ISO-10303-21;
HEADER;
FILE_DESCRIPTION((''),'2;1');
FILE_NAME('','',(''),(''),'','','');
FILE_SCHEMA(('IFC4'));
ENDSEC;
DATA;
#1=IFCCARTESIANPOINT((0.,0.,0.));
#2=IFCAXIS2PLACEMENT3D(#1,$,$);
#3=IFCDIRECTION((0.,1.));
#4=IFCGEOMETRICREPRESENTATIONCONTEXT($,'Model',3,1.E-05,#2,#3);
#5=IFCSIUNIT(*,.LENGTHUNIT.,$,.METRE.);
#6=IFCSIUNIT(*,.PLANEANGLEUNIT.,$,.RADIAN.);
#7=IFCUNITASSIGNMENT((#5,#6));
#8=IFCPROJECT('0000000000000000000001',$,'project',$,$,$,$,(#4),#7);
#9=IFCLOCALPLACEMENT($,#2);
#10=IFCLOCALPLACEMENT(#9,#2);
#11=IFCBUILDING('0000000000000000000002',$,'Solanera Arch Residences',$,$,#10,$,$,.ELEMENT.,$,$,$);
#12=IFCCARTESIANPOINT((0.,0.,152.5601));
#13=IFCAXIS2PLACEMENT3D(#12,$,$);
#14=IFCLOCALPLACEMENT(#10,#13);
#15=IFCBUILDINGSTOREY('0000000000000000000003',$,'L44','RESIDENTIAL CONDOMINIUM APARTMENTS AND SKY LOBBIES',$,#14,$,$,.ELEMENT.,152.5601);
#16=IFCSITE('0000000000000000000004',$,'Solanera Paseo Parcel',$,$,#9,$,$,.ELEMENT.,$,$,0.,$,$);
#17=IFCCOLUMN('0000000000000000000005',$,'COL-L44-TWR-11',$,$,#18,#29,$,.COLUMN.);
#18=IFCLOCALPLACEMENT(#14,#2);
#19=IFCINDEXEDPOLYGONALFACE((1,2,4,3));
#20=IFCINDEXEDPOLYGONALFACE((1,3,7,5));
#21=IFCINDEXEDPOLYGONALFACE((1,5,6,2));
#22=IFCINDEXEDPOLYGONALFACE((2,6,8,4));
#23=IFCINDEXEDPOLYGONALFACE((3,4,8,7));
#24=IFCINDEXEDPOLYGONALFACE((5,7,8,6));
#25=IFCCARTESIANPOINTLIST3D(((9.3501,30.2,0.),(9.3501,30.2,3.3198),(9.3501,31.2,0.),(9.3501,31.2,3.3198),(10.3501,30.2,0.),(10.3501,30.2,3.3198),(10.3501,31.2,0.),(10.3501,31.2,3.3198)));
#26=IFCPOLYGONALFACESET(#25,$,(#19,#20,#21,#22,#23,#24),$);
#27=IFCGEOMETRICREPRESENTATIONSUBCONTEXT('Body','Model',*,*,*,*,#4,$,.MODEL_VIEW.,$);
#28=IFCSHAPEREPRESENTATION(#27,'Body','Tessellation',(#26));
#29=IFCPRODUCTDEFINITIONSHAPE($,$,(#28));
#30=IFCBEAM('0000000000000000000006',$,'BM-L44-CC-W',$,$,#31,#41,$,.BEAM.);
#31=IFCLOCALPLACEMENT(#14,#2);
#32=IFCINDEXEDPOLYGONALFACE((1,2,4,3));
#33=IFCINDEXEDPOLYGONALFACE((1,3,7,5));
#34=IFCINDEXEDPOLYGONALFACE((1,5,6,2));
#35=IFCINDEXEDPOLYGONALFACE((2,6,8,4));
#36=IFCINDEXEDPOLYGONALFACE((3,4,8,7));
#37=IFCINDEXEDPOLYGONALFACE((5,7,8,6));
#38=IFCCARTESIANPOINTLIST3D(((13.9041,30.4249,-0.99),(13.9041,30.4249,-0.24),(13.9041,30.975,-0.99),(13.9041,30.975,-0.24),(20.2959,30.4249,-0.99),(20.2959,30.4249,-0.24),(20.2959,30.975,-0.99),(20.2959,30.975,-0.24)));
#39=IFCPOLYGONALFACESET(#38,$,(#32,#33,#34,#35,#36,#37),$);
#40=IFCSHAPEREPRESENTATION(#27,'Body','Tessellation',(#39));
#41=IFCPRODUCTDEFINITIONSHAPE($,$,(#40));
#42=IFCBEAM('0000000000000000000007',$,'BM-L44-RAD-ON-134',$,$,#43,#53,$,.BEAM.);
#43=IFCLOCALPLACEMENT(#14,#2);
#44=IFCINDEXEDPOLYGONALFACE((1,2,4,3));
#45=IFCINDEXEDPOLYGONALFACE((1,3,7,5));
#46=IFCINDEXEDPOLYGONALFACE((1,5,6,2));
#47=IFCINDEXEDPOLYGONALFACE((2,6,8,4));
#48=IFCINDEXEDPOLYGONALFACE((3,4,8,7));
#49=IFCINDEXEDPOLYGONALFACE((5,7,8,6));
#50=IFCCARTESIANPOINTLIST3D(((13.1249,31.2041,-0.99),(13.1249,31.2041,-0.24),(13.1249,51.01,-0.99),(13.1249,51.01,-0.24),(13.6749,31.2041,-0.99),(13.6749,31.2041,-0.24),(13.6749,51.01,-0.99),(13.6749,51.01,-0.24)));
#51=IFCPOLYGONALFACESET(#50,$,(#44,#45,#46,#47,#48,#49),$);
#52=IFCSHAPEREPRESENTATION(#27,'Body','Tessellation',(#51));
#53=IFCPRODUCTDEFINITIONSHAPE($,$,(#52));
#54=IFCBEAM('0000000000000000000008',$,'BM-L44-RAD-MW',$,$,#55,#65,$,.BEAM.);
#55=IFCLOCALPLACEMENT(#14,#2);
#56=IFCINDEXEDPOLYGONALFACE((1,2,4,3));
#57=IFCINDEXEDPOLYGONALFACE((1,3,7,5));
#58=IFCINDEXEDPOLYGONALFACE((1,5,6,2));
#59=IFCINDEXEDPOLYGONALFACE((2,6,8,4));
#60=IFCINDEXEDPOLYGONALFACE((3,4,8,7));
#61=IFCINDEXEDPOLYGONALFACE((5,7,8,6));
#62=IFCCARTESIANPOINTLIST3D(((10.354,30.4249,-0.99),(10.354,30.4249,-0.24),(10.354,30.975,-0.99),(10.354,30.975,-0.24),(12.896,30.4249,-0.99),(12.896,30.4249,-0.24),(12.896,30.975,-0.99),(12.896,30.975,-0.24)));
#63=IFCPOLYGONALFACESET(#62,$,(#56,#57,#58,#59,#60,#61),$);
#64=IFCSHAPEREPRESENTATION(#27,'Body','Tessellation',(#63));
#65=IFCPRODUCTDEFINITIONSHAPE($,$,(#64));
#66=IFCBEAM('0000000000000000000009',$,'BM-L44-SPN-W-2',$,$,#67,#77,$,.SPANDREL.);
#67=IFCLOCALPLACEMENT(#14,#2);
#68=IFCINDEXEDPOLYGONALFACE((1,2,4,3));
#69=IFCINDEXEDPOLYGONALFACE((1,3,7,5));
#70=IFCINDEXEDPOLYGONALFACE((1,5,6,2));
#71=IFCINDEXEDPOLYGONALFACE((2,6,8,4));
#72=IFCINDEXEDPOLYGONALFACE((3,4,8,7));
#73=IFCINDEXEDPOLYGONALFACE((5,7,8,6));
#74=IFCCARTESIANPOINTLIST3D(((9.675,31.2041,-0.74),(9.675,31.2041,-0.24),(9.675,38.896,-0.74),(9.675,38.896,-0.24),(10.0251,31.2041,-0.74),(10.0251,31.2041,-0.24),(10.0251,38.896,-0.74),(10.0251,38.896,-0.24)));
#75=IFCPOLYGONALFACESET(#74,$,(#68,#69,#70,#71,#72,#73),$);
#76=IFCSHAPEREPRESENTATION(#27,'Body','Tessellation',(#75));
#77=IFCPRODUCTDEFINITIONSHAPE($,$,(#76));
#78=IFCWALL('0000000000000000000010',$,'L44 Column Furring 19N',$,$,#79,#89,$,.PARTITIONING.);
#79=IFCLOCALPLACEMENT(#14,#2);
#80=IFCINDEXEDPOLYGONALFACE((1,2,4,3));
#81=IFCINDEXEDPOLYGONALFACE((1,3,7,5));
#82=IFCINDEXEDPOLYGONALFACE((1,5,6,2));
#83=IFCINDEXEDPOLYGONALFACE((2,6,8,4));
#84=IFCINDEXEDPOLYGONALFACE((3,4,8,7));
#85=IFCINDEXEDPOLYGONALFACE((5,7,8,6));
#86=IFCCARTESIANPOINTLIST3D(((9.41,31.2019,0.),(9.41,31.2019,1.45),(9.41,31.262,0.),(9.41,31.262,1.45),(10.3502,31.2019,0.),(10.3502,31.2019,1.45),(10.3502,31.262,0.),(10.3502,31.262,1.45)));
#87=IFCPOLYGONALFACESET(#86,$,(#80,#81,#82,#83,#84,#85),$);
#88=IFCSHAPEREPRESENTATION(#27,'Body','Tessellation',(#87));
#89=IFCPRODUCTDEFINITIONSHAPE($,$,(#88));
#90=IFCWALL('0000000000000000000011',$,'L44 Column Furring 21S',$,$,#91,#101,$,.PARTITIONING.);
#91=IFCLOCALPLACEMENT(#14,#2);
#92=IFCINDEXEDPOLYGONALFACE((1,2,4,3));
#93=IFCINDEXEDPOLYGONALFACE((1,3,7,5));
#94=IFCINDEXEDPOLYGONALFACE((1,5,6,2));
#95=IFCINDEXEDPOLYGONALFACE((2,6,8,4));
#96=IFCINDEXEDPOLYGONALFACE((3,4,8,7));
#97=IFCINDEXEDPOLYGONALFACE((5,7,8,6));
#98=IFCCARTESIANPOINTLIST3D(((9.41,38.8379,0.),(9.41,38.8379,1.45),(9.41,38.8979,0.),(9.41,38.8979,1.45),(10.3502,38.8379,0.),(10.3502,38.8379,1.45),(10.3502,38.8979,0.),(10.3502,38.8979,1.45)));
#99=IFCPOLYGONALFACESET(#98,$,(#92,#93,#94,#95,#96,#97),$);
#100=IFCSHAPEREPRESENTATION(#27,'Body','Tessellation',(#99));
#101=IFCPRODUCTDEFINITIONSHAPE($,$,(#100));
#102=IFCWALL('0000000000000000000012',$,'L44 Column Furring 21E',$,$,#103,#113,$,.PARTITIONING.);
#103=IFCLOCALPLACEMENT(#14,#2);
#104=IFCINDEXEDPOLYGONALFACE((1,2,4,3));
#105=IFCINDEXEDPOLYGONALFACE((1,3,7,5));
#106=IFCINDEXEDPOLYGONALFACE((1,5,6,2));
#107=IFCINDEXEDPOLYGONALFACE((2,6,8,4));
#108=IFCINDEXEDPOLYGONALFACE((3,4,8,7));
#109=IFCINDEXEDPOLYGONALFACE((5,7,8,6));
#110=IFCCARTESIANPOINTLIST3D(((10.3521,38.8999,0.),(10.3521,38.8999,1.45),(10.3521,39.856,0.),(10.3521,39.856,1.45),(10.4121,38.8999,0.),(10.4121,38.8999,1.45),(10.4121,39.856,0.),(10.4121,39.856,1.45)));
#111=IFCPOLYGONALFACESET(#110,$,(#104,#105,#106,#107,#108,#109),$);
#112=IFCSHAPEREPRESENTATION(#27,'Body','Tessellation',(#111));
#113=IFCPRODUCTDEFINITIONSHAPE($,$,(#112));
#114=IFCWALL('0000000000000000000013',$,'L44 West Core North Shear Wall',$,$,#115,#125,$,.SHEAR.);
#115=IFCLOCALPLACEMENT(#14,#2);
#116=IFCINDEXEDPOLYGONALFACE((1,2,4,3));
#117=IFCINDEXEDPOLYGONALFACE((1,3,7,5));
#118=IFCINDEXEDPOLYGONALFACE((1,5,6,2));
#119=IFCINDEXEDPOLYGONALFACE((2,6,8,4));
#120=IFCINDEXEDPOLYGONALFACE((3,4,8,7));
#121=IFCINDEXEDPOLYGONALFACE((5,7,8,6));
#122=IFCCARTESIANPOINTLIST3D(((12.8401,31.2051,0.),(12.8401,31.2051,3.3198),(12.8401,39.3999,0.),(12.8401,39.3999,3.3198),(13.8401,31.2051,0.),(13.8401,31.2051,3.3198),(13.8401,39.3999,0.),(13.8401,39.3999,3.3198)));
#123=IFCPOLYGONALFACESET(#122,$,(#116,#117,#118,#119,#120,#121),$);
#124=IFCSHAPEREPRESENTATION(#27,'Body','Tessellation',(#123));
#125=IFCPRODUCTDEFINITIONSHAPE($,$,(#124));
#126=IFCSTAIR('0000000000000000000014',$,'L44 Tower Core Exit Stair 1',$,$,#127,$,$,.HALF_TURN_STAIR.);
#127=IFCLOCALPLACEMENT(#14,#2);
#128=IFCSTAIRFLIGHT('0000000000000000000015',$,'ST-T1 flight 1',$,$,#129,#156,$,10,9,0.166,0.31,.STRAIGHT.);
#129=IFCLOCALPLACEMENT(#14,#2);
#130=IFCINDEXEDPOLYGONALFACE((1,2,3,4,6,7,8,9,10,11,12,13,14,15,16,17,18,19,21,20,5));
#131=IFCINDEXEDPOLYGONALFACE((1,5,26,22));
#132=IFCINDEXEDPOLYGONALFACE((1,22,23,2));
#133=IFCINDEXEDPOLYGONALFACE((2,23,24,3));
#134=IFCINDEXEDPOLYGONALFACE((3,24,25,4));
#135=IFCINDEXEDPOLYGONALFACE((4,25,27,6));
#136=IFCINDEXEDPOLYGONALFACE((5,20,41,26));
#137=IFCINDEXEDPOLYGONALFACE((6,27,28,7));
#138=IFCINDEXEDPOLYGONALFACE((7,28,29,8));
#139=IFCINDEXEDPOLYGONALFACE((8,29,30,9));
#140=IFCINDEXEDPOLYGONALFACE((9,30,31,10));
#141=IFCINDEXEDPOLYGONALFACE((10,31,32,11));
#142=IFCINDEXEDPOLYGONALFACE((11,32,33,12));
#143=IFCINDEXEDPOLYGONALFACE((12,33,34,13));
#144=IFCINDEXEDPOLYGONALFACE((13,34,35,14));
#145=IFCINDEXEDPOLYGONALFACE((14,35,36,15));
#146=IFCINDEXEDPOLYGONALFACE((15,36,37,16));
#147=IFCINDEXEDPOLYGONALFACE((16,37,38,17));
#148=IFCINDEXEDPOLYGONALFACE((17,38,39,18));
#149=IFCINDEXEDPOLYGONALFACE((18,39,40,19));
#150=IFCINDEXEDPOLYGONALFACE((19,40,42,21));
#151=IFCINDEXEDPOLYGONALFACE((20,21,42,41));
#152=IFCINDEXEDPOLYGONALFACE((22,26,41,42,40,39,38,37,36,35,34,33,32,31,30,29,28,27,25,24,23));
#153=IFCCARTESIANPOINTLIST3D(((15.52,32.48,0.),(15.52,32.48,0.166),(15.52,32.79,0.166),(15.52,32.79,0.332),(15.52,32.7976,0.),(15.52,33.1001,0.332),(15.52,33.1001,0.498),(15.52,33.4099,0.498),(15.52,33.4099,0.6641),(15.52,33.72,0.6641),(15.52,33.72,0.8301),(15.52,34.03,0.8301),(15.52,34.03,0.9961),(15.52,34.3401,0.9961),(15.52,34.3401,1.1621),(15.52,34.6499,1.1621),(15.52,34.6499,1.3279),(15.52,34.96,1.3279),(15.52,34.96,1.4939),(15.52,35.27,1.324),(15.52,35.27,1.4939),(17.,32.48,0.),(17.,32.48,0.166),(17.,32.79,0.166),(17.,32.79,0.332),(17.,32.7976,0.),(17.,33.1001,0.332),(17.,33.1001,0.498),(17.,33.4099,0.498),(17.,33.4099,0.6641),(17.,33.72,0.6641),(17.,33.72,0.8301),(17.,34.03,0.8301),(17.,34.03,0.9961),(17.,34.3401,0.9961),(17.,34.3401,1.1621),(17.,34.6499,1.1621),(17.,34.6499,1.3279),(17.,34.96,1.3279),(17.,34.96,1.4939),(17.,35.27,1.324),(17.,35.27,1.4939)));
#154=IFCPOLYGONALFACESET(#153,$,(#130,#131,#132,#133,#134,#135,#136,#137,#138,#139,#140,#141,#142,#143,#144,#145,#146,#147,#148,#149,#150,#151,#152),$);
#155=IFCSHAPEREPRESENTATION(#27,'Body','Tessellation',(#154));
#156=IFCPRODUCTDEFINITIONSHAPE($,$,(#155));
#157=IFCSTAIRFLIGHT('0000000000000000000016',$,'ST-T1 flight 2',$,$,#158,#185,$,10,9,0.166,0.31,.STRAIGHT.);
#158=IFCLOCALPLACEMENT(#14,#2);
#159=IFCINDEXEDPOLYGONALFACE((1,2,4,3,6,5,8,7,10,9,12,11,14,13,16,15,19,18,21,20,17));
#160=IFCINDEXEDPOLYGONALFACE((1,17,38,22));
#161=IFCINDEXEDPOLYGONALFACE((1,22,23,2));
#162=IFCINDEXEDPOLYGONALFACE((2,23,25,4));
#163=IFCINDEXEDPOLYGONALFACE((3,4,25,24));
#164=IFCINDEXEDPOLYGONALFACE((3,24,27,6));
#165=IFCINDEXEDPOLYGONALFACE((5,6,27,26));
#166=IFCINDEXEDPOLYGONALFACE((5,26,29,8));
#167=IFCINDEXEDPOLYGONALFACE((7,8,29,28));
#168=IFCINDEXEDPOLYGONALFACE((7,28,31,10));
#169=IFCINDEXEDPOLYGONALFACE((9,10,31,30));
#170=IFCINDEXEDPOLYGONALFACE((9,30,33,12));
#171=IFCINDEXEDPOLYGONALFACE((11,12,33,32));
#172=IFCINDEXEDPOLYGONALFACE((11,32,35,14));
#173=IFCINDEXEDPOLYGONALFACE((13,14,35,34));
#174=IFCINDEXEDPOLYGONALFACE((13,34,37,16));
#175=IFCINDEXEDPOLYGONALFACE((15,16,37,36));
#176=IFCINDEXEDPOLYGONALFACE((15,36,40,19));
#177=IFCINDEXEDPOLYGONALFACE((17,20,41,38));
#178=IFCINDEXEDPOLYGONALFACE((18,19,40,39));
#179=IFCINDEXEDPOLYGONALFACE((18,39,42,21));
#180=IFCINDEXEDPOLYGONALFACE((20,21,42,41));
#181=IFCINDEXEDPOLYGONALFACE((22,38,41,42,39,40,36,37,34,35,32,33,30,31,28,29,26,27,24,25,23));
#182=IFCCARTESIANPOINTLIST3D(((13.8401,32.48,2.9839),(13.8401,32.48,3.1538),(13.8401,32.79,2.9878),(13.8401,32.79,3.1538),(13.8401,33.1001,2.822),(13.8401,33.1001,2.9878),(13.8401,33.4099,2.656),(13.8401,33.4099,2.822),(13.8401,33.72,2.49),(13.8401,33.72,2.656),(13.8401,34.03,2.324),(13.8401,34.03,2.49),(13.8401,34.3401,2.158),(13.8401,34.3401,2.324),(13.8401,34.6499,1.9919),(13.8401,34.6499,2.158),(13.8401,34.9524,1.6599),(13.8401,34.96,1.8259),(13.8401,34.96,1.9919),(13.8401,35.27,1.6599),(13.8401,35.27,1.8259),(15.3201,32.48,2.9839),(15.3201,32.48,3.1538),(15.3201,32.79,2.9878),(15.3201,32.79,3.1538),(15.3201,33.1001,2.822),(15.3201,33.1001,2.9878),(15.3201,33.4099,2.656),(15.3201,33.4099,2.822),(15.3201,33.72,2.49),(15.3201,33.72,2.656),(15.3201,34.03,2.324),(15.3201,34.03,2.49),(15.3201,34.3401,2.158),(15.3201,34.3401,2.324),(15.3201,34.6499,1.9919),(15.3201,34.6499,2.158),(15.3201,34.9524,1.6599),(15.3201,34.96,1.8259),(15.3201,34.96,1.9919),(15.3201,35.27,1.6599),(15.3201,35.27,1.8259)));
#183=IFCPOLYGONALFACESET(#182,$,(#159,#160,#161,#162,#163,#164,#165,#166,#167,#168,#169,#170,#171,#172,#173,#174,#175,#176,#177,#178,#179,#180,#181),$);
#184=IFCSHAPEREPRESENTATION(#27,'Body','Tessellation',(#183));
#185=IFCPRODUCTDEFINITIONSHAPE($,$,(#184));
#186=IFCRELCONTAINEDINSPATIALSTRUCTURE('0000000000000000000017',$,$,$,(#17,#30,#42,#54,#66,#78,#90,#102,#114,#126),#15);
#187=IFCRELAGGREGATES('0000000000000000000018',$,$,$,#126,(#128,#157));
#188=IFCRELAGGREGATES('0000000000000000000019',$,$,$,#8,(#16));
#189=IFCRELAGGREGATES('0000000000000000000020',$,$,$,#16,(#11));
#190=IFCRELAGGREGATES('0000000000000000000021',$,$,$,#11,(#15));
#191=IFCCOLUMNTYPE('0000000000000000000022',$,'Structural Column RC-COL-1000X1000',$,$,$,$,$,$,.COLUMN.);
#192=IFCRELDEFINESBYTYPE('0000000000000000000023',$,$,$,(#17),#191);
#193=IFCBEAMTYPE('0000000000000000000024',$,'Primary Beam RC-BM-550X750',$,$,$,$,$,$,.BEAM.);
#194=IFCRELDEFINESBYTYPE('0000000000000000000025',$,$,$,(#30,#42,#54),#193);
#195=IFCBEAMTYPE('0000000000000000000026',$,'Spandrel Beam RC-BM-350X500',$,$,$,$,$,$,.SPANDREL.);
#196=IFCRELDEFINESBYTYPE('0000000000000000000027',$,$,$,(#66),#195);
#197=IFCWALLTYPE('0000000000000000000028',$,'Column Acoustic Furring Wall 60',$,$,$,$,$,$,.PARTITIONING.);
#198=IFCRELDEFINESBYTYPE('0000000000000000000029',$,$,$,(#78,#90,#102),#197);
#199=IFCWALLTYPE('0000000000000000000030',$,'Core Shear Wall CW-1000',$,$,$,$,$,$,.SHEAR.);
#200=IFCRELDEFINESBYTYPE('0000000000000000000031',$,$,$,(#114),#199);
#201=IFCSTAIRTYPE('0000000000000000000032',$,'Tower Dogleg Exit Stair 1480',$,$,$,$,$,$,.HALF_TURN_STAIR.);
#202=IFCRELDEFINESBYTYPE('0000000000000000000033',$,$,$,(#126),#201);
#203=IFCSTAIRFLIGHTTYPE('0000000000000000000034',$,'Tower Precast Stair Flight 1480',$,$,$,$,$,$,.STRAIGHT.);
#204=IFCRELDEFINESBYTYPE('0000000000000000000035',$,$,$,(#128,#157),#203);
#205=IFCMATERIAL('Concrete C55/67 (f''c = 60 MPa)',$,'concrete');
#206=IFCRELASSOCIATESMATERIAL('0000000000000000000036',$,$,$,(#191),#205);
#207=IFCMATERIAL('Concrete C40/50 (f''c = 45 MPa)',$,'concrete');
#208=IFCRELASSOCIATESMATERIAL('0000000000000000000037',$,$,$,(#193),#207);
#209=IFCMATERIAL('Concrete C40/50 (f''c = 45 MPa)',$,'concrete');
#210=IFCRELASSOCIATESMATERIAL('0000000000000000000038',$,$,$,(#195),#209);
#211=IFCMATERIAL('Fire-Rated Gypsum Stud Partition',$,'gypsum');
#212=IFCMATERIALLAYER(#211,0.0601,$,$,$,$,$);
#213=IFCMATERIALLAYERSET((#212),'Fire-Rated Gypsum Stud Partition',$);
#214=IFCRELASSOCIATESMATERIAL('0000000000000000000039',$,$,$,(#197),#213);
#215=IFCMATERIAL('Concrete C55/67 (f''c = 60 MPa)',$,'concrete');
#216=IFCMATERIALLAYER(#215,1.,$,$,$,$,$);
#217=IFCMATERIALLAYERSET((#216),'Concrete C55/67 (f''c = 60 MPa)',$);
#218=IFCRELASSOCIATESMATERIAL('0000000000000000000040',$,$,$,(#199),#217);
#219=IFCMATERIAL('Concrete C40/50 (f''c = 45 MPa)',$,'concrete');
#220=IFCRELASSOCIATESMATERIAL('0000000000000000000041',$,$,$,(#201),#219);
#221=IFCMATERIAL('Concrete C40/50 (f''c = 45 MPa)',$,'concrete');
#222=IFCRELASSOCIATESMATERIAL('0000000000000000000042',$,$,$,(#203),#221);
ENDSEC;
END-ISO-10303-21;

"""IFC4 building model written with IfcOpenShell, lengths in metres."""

from ifc_helpers import new_model, si_unit, direction, frame, frame_2d, origin, origin_2d, place, context, subcontext, project, spatial, polyline, rectangle, outline, extrude, material, layer, layer_set, material_profile, profile_set, type_object, element, aggregate, save


model = new_model("IFC4")

# Units and contexts
model_context = context("Model", 3, precision=1e-05, world=origin(), true_north=direction((0.0, 1.0)))
body_context = subcontext(model_context, "Body", "Model", "MODEL_VIEW")
ifc_project = project(units=[si_unit("LENGTHUNIT", "METRE"), si_unit("PLANEANGLEUNIT", "RADIAN")], contexts=[model_context])

# Site, building, storey
site_placement = place(None, origin())
site = spatial("IfcSite", under=ifc_project, at=site_placement, Name="Solanera Paseo Parcel", CompositionType="ELEMENT", RefElevation=0.0)
building_placement = place(site_placement, origin())
building = spatial("IfcBuilding", under=site, at=building_placement, Name="Solanera Arch Residences", CompositionType="ELEMENT")
storey_placement = place(building_placement, frame((0.0, 0.0, 152.5601)))
storey = spatial("IfcBuildingStorey", under=building, at=storey_placement, Name="L44", Description="RESIDENTIAL CONDOMINIUM APARTMENTS AND SKY LOBBIES", CompositionType="ELEMENT", Elevation=152.5601)

# Column
ifc_material_1 = material(Name="Concrete C55/67 (f'c = 60 MPa)", Category="concrete")
ifc_material_profile_1 = material_profile(ifc_material_1, rectangle(XDim=1.0, YDim=1.0, at=origin_2d()))
ifc_profile_set_1 = profile_set([ifc_material_profile_1], Name="Concrete C55/67 (f'c = 60 MPa)")
column_type = type_object("IfcColumnType", Name="Structural Column RC-COL-1000X1000", PredefinedType="COLUMN", material=ifc_profile_set_1)
column_placement = place(storey_placement, frame((9.8501, 30.7, 0.0), z_axis=(0.0, 0.0, 1.0), x_axis=(1.0, 0.0, 0.0)))
element("IfcColumn", 1, at=column_placement, inside=storey, type_object=column_type, Name="COL-L44-TWR-11", PredefinedType="COLUMN", context=body_context, shape_type="SweptSolid", body=[
    extrude(rectangle(XDim=1.0, YDim=1.0, at=origin_2d()), origin(), (0.0, 0.0, 1.0), 3.3198),
])

# Beams
ifc_material_2 = material(Name="Concrete C40/50 (f'c = 45 MPa)", Category="concrete")
ifc_material_profile_2 = material_profile(ifc_material_2, rectangle(XDim=0.55, YDim=0.75, at=origin_2d()))
ifc_profile_set_2 = profile_set([ifc_material_profile_2], Name="Concrete C40/50 (f'c = 45 MPa)")
beam_type_1 = type_object("IfcBeamType", Name="Primary Beam RC-BM-550X750", PredefinedType="BEAM", material=ifc_profile_set_2)
beam_1_placement = place(storey_placement, frame((13.9041, 30.7, -0.615), z_axis=(1.0, 0.0, 0.0), x_axis=(0.0, 1.0, 0.0)))
element("IfcBeam", 2, at=beam_1_placement, inside=storey, type_object=beam_type_1, Name="BM-L44-CC-W", PredefinedType="BEAM", context=body_context, shape_type="SweptSolid", body=[
    extrude(rectangle(XDim=0.55, YDim=0.75, at=origin_2d()), origin(), (0.0, 0.0, 1.0), 6.3918),
])
beam_2_placement = place(storey_placement, frame((13.3999, 31.2041, -0.615), z_axis=(0.0, 1.0, 0.0), x_axis=(-1.0, 0.0, 0.0)))
element("IfcBeam", 3, at=beam_2_placement, inside=storey, type_object=beam_type_1, Name="BM-L44-RAD-ON-134", PredefinedType="BEAM", context=body_context, shape_type="SweptSolid", body=[
    extrude(rectangle(XDim=0.55, YDim=0.75, at=origin_2d()), origin(), (0.0, 0.0, 1.0), 19.8059),
])
beam_3_placement = place(storey_placement, frame((10.354, 30.7, -0.615), z_axis=(1.0, 0.0, 0.0), x_axis=(0.0, 1.0, 0.0)))
element("IfcBeam", 4, at=beam_3_placement, inside=storey, type_object=beam_type_1, Name="BM-L44-RAD-MW", PredefinedType="BEAM", context=body_context, shape_type="SweptSolid", body=[
    extrude(rectangle(XDim=0.55, YDim=0.75, at=origin_2d()), origin(), (0.0, 0.0, 1.0), 2.542),
])
ifc_material_3 = material(Name="Concrete C40/50 (f'c = 45 MPa)", Category="concrete")
ifc_material_profile_3 = material_profile(ifc_material_3, rectangle(XDim=0.3501, YDim=0.5, at=origin_2d()))
ifc_profile_set_3 = profile_set([ifc_material_profile_3], Name="Concrete C40/50 (f'c = 45 MPa)")
beam_type_2 = type_object("IfcBeamType", Name="Spandrel Beam RC-BM-350X500", PredefinedType="SPANDREL", material=ifc_profile_set_3)
beam_4_placement = place(storey_placement, frame((9.8501, 31.2041, -0.49), z_axis=(0.0, 1.0, 0.0), x_axis=(-1.0, 0.0, 0.0)))
element("IfcBeam", 5, at=beam_4_placement, inside=storey, type_object=beam_type_2, Name="BM-L44-SPN-W-2", PredefinedType="SPANDREL", context=body_context, shape_type="SweptSolid", body=[
    extrude(rectangle(XDim=0.3501, YDim=0.5, at=origin_2d()), origin(), (0.0, 0.0, 1.0), 7.6919),
])

# Walls
ifc_material_4 = material(Name="Fire-Rated Gypsum Stud Partition", Category="gypsum")
ifc_layer_1 = layer(ifc_material_4, 0.0601)
ifc_layer_set_1 = layer_set([ifc_layer_1], Name="Fire-Rated Gypsum Stud Partition")
wall_type_1 = type_object("IfcWallType", Name="Column Acoustic Furring Wall 60", PredefinedType="PARTITIONING", material=ifc_layer_set_1)
for number, where, z_axis, x_axis, name in (
    (6, (9.4099, 31.2319, 0.0), (0.0, 0.0, 1.0), (1.0, 0.0, 0.0), "L44 Column Furring 19N"),
    (7, (9.4099, 38.8679, 0.0), (0.0, 0.0, 1.0), (1.0, 0.0, 0.0), "L44 Column Furring 21S"),
):
    element("IfcWall", number, at=place(storey_placement, frame(where, z_axis=z_axis, x_axis=x_axis)), inside=storey, type_object=wall_type_1, Name=name, PredefinedType="PARTITIONING", context=body_context, shape_type="SweptSolid", body=[
        extrude(rectangle(XDim=0.9402, YDim=0.0601, at=frame_2d((0.4702, 0.0))), origin(), (0.0, 0.0, 1.0), 1.45),
    ])
wall_1_placement = place(storey_placement, frame((10.3821, 38.8999, 0.0), z_axis=(0.0, 0.0, 1.0), x_axis=(0.0, 1.0, 0.0)))
element("IfcWall", 8, at=wall_1_placement, inside=storey, type_object=wall_type_1, Name="L44 Column Furring 21E", PredefinedType="PARTITIONING", context=body_context, shape_type="SweptSolid", body=[
    extrude(rectangle(XDim=0.9561, YDim=0.0601, at=frame_2d((0.478, 0.0))), origin(), (0.0, 0.0, 1.0), 1.45),
])
ifc_material_5 = material(Name="Concrete C55/67 (f'c = 60 MPa)", Category="concrete")
ifc_layer_2 = layer(ifc_material_5, 1.0)
ifc_layer_set_2 = layer_set([ifc_layer_2], Name="Concrete C55/67 (f'c = 60 MPa)")
wall_type_2 = type_object("IfcWallType", Name="Core Shear Wall CW-1000", PredefinedType="SHEAR", material=ifc_layer_set_2)
wall_2_placement = place(storey_placement, frame((13.3401, 31.2051, 0.0), z_axis=(0.0, 0.0, 1.0), x_axis=(0.0, 1.0, 0.0)))
element("IfcWall", 9, at=wall_2_placement, inside=storey, type_object=wall_type_2, Name="L44 West Core North Shear Wall", PredefinedType="SHEAR", context=body_context, shape_type="SweptSolid", body=[
    extrude(rectangle(XDim=8.1948, YDim=1.0, at=frame_2d((4.0974, 0.0))), origin(), (0.0, 0.0, 1.0), 3.3198),
])

# Stair, stair flights
ifc_material_6 = material(Name="Concrete C40/50 (f'c = 45 MPa)", Category="concrete")
stair_type = type_object("IfcStairType", Name="Tower Dogleg Exit Stair 1480", PredefinedType="HALF_TURN_STAIR", material=ifc_material_6)
stair_placement = place(storey_placement, origin())
stair = element("IfcStair", 10, at=stair_placement, inside=storey, type_object=stair_type, Name="L44 Tower Core Exit Stair 1", PredefinedType="HALF_TURN_STAIR")
ifc_material_7 = material(Name="Concrete C40/50 (f'c = 45 MPa)", Category="concrete")
stair_flight_type = type_object("IfcStairFlightType", Name="Tower Precast Stair Flight 1480", PredefinedType="STRAIGHT", material=ifc_material_7)
stair_flight_1_placement = place(storey_placement, frame((16.26, 32.48, 0.0), z_axis=(0.0, 0.0, 1.0), x_axis=(0.0, 1.0, 0.0)))
stair_flight_1 = element("IfcStairFlight", 11, at=stair_flight_1_placement, type_object=stair_flight_type, Name="ST-T1 flight 1", NumberOfRisers=10, NumberOfTreads=9, PredefinedType="STRAIGHT", RiserHeight=0.166, TreadLength=0.31, context=body_context, shape_type="SweptSolid", body=[
    extrude(outline(polyline([(0.0, 0.0), (0.0, 0.166), (0.3101, 0.166), (0.3101, 0.332), (0.6201, 0.332), (0.6201, 0.498), (0.9299, 0.498), (0.9299, 0.6641), (1.24, 0.6641), (1.24, 0.8301), (1.55, 0.8301), (1.55, 0.9961), (1.8601, 0.9961), (1.8601, 1.1621), (2.1699, 1.1621), (2.1699, 1.3279), (2.48, 1.3279), (2.48, 1.4939), (2.79, 1.4939), (2.79, 1.6599), (2.79, 1.324), (0.3176, 0.0), (0.0, 0.0)])), frame((0.0, 0.74, 0.0), z_axis=(0.0, -1.0, 0.0), x_axis=(1.0, 0.0, 0.0)), (0.0, 0.0, 1.0), 1.48),
])
stair_flight_2_placement = place(storey_placement, frame((14.5801, 35.27, 1.6599), z_axis=(0.0, 0.0, 1.0), x_axis=(0.0, -1.0, 0.0)))
stair_flight_2 = element("IfcStairFlight", 12, at=stair_flight_2_placement, type_object=stair_flight_type, Name="ST-T1 flight 2", NumberOfRisers=10, NumberOfTreads=9, PredefinedType="STRAIGHT", RiserHeight=0.166, TreadLength=0.31, context=body_context, shape_type="SweptSolid", body=[
    extrude(outline(polyline([(0.0, 0.0), (0.0, 0.166), (0.3101, 0.166), (0.3101, 0.332), (0.6201, 0.332), (0.6201, 0.498), (0.9299, 0.498), (0.9299, 0.6641), (1.24, 0.6641), (1.24, 0.8301), (1.55, 0.8301), (1.55, 0.9961), (1.8601, 0.9961), (1.8601, 1.1621), (2.1699, 1.1621), (2.1699, 1.3279), (2.48, 1.3279), (2.48, 1.4939), (2.79, 1.4939), (2.79, 1.6599), (2.79, 1.324), (0.3176, 0.0), (0.0, 0.0)])), frame((0.0, 0.74, 0.0), z_axis=(0.0, -1.0, 0.0), x_axis=(1.0, 0.0, 0.0)), (0.0, 0.0, 1.0), 1.48),
])
aggregate(stair, [stair_flight_1, stair_flight_2])

save(model, "model.ifc")
